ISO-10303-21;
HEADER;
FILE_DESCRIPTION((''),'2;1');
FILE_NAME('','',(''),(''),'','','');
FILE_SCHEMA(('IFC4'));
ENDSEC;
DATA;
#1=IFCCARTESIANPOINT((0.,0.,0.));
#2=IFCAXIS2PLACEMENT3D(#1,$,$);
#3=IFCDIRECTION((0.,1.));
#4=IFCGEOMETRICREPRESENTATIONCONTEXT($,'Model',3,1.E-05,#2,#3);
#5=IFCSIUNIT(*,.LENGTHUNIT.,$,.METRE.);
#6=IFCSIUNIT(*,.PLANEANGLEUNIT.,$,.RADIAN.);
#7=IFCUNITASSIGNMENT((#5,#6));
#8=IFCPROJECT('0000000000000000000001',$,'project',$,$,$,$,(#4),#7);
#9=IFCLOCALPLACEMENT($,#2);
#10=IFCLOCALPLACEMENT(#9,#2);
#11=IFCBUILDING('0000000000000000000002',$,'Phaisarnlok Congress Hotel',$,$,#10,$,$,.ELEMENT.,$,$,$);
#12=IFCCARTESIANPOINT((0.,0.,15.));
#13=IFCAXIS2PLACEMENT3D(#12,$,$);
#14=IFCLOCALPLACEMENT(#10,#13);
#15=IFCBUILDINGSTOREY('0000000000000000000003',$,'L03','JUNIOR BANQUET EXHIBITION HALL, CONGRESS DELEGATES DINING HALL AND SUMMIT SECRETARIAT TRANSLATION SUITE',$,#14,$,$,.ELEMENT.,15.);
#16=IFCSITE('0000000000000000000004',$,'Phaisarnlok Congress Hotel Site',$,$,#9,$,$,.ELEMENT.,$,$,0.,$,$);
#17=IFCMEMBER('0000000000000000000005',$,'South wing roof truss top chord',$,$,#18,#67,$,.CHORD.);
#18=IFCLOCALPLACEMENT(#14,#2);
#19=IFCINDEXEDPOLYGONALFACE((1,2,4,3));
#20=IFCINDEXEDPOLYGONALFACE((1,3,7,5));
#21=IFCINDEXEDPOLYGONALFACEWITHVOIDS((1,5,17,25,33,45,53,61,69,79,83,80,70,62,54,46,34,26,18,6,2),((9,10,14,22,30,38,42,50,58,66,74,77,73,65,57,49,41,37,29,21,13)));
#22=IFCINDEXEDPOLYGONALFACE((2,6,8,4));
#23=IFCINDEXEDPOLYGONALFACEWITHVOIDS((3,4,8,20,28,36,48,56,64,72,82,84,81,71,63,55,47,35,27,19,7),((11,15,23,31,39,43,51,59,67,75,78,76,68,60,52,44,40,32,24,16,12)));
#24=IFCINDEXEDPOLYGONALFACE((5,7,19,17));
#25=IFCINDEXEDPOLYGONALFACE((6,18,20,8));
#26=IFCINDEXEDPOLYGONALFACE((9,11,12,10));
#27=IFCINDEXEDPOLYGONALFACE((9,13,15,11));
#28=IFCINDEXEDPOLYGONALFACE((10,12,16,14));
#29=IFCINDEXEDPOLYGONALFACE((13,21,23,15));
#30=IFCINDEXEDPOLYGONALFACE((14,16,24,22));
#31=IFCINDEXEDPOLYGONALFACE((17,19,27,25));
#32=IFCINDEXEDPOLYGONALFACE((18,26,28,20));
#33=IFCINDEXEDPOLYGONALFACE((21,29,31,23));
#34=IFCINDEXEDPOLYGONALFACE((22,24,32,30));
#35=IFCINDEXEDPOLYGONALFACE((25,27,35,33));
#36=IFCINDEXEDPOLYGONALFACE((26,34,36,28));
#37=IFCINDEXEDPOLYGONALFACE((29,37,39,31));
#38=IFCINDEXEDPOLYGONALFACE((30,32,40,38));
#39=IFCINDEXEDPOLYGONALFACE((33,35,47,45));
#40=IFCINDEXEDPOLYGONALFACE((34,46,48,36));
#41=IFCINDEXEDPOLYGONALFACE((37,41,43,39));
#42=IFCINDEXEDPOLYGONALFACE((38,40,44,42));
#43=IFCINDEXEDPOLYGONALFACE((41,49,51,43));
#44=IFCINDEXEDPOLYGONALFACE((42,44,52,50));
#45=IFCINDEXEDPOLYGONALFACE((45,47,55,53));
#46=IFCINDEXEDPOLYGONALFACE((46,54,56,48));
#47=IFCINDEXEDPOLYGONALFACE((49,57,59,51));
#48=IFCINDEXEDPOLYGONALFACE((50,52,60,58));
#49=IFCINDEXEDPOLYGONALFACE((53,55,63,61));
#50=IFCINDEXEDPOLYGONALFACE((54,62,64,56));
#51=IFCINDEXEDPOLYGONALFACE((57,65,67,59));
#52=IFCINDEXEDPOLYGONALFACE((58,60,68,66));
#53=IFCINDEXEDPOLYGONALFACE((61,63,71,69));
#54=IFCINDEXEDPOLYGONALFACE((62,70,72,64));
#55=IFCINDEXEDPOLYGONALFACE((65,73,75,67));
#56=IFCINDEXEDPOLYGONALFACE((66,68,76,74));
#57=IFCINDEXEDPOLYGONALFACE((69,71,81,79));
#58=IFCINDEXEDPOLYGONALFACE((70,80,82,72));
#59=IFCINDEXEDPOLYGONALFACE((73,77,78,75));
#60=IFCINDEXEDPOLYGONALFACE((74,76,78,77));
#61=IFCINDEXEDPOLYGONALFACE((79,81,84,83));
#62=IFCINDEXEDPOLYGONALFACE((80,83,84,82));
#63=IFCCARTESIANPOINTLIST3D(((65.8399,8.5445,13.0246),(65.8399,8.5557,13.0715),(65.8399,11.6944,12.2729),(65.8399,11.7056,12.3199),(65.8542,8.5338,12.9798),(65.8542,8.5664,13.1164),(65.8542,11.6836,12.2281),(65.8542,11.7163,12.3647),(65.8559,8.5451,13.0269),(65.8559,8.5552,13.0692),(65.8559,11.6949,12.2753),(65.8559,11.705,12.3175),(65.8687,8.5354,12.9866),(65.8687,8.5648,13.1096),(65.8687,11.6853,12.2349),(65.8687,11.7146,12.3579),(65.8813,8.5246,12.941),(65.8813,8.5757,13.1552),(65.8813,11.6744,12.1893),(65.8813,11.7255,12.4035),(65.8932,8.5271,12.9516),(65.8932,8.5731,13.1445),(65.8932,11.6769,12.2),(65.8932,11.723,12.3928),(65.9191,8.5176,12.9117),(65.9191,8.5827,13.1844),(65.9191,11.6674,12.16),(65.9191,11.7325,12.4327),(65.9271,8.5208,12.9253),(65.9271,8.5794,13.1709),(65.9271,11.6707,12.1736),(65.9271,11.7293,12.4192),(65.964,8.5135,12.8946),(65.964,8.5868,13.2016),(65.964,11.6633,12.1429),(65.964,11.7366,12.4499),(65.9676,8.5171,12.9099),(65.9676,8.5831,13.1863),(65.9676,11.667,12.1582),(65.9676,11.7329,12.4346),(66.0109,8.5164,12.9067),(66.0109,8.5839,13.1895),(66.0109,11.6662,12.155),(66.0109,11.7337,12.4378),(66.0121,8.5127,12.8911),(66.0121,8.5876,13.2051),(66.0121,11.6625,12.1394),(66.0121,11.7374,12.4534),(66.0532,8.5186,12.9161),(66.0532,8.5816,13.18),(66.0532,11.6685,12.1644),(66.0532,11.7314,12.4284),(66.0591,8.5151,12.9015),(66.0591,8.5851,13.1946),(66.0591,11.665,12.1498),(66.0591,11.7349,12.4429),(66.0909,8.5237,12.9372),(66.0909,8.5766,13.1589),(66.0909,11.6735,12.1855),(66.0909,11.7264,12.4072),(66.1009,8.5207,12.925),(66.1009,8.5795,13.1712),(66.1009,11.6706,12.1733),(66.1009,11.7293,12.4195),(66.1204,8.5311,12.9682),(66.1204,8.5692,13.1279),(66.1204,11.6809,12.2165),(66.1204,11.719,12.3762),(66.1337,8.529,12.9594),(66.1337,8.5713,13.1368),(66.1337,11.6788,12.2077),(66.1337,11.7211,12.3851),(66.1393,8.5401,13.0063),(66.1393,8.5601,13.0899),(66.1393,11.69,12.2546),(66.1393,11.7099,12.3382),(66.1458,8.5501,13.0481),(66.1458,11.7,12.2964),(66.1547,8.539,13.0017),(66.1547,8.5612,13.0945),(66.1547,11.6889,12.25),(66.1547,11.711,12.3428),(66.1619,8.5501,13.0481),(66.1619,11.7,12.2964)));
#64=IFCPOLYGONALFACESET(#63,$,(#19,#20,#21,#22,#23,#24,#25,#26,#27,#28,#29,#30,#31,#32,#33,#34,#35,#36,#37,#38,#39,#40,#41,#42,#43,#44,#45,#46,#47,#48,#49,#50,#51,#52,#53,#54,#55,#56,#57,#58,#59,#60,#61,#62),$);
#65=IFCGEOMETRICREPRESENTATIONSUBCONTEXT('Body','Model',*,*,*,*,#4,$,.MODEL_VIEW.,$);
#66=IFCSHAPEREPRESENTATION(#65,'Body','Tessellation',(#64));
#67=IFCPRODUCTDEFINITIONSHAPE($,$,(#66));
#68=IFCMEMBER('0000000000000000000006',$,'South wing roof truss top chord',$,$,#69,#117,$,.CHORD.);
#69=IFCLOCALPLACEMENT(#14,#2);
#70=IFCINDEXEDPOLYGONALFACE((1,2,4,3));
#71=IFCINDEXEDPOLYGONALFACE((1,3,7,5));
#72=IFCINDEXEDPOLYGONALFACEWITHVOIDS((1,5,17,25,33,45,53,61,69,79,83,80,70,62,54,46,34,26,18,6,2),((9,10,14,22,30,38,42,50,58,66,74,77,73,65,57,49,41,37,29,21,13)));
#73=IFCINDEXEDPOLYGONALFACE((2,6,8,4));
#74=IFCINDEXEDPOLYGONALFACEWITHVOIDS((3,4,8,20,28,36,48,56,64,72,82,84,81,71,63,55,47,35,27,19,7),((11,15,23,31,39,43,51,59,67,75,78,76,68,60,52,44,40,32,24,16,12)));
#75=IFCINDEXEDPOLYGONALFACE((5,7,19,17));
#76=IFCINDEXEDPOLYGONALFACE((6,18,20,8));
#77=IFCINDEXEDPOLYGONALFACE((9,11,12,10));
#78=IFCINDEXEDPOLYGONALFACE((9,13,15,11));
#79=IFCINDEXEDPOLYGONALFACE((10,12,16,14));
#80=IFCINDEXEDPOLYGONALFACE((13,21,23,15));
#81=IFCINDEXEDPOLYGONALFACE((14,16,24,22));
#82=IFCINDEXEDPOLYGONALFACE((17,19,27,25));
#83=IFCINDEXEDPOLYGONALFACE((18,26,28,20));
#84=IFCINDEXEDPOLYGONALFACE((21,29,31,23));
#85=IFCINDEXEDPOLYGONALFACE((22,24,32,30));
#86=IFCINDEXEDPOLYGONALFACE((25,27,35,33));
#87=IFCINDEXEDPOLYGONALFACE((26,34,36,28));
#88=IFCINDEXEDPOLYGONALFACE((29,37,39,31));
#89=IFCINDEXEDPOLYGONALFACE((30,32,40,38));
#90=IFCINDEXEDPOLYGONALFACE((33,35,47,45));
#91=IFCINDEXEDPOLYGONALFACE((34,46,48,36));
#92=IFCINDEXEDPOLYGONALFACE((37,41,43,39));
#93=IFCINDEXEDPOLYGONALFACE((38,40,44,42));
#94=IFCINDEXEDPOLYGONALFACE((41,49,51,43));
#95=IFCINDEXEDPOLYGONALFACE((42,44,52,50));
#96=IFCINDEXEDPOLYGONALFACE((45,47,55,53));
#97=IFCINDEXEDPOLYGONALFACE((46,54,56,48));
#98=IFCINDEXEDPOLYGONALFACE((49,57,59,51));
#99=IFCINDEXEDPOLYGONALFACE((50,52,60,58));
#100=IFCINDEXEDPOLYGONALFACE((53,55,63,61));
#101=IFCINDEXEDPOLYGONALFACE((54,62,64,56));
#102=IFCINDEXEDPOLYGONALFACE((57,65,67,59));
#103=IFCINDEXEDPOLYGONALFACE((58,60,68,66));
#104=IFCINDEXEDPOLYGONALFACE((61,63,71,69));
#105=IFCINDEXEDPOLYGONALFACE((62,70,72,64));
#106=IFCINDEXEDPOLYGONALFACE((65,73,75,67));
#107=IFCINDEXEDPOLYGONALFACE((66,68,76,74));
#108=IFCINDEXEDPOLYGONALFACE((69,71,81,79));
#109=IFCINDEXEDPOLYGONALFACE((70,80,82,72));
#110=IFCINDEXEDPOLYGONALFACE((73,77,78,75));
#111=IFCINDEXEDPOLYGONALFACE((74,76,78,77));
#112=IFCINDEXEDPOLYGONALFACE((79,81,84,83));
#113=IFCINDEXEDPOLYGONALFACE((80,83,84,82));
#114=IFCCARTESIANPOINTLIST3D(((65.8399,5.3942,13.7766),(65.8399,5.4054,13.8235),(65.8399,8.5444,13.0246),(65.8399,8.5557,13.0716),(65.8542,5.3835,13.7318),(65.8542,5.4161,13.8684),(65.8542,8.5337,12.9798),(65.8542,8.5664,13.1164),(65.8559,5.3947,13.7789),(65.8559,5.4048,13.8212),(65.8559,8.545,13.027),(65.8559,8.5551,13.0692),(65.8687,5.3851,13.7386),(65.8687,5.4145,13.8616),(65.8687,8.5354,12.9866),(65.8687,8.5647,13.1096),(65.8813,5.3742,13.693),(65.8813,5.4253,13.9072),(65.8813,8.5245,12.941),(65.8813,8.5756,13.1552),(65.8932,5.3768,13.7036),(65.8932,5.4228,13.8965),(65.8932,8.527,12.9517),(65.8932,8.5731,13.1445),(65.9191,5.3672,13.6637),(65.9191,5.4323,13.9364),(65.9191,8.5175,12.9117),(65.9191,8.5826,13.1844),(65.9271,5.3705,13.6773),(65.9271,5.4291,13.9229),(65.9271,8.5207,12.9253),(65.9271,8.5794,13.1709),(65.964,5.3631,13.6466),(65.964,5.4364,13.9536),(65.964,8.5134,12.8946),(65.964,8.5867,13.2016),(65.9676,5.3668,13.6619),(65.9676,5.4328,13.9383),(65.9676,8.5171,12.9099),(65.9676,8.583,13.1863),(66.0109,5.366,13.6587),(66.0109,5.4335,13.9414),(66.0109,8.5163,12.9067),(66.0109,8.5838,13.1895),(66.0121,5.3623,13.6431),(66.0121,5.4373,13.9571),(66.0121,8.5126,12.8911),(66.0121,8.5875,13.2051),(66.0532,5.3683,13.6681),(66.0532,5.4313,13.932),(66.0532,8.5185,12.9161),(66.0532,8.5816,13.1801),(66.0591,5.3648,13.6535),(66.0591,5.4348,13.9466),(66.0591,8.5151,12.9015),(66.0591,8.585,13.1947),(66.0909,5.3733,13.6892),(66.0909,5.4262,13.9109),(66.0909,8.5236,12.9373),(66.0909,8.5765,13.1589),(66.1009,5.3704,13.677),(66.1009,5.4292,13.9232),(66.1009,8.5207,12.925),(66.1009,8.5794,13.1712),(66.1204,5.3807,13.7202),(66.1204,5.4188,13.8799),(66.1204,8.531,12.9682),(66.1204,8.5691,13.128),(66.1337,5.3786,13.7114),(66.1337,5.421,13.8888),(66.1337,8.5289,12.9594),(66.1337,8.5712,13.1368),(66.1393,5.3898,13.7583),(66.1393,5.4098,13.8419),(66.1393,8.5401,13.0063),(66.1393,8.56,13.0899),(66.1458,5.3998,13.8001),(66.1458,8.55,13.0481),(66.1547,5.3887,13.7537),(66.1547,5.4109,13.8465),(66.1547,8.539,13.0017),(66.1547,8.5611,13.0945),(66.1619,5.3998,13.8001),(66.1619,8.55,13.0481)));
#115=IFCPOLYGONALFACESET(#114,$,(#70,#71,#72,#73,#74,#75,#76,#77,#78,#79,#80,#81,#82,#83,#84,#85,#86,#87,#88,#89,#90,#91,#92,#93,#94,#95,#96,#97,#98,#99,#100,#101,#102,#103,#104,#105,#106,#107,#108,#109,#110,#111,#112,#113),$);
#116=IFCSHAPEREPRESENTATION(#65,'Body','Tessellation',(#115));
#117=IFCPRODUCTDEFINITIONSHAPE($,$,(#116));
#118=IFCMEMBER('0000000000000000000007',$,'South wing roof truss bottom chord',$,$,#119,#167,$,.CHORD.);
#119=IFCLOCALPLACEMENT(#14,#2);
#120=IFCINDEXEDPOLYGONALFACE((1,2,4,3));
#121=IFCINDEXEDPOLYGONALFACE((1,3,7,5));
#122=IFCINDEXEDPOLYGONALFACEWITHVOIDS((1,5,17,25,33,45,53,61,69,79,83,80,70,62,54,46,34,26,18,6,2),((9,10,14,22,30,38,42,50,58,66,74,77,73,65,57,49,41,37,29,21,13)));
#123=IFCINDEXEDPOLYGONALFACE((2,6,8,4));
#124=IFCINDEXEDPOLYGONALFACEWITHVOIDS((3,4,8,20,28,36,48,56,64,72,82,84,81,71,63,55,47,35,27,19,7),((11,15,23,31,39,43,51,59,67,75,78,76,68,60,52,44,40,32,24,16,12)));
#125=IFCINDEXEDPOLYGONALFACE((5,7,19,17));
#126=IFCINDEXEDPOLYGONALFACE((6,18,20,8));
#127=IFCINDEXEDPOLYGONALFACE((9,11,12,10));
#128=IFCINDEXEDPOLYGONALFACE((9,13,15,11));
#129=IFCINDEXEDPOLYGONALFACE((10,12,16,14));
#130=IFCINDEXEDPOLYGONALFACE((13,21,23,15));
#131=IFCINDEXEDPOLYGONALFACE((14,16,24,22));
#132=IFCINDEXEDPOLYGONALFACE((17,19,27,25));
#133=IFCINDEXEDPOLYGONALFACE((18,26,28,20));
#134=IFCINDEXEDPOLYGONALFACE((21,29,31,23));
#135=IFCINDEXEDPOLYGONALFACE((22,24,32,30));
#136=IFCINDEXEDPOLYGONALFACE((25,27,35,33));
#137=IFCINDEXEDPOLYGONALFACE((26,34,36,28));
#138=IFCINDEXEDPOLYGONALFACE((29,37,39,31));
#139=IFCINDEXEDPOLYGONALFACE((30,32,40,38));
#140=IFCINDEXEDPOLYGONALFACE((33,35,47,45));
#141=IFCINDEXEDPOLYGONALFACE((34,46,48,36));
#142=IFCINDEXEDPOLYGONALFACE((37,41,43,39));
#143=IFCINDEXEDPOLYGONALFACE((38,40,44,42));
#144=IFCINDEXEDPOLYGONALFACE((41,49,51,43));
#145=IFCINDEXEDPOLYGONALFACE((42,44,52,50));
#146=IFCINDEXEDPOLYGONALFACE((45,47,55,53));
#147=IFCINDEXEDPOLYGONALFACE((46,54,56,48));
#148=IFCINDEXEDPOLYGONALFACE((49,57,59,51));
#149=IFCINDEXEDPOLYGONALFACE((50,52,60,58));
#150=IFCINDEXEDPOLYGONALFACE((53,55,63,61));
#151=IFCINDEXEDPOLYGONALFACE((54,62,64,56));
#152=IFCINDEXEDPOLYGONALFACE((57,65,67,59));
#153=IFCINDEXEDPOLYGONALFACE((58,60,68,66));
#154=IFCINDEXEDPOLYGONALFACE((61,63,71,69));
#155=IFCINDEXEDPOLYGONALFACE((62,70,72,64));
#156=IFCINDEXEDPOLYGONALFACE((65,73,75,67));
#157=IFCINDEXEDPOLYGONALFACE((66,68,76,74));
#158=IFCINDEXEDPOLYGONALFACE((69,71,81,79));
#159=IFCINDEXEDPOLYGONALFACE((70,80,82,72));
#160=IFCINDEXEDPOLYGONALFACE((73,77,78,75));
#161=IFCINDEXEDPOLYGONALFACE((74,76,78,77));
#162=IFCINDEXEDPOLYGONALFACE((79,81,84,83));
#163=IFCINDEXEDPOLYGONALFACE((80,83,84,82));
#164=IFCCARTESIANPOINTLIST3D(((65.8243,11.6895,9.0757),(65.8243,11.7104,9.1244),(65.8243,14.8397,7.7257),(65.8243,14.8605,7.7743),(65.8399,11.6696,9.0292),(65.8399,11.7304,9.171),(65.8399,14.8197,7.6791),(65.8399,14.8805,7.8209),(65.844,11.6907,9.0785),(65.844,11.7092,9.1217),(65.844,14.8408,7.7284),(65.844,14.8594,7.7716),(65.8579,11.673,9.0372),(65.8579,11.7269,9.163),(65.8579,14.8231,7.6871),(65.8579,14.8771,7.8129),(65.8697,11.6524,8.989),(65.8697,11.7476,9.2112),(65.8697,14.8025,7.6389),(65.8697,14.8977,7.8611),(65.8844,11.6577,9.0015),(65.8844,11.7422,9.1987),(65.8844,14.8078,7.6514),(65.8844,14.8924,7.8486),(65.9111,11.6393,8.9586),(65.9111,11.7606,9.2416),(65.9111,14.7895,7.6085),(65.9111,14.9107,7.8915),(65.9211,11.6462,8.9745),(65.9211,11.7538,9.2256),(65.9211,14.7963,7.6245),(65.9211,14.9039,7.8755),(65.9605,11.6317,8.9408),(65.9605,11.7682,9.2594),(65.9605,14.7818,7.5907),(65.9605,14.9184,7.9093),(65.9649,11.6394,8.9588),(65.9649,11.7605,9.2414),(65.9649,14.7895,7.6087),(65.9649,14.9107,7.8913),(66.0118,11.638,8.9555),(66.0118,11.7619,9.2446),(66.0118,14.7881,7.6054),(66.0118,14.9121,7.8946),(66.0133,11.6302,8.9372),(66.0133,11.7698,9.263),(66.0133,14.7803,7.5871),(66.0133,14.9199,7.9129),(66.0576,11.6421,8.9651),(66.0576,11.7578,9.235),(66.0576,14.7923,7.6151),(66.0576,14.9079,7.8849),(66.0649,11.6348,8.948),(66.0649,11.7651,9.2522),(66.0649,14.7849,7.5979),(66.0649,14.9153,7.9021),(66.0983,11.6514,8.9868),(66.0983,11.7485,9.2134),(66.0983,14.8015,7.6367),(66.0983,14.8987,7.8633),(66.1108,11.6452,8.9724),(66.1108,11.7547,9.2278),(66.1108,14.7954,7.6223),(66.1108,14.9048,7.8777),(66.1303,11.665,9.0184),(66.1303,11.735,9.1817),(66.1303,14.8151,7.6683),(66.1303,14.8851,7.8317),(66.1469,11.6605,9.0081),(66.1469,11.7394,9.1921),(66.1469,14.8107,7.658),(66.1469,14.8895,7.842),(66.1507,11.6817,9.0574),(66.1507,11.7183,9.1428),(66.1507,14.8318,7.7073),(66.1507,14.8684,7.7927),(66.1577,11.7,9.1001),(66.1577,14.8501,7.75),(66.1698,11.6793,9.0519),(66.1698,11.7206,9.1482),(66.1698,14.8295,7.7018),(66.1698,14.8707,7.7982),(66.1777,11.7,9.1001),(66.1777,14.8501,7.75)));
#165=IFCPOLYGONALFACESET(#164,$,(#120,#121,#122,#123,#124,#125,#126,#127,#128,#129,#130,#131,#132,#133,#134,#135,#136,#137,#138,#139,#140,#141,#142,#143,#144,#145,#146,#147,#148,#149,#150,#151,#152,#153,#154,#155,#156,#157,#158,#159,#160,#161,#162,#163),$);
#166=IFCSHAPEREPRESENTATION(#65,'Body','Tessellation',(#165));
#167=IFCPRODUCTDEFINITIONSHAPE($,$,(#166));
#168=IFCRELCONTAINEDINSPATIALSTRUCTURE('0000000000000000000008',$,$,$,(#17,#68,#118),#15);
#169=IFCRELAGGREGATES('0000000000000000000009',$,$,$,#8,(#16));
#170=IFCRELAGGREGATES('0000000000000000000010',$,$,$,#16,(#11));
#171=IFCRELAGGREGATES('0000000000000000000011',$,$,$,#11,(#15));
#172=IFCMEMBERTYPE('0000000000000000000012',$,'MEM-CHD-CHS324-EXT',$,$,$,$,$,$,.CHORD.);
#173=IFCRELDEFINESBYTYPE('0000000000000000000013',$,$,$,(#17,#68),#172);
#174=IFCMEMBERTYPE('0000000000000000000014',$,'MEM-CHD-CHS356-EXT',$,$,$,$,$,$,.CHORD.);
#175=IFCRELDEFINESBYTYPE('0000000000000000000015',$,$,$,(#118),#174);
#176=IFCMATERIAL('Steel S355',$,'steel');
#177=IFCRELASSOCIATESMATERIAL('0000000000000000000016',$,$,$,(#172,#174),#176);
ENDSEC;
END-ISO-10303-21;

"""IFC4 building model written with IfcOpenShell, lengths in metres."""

from ifc_helpers import new_model, si_unit, direction, frame, origin, origin_2d, place, context, subcontext, project, spatial, hollow_circle, extrude, material, material_profile, profile_set, type_object, element, save


model = new_model("IFC4")

# Units and contexts
model_context = context("Model", 3, precision=1e-05, world=origin(), true_north=direction((0.0, 1.0)))
body_context = subcontext(model_context, "Body", "Model", "MODEL_VIEW")
ifc_project = project(units=[si_unit("LENGTHUNIT", "METRE"), si_unit("PLANEANGLEUNIT", "RADIAN")], contexts=[model_context])

# Site, building, storey
site_placement = place(None, origin())
site = spatial("IfcSite", under=ifc_project, at=site_placement, Name="Phaisarnlok Congress Hotel Site", CompositionType="ELEMENT", RefElevation=0.0)
building_placement = place(site_placement, origin())
building = spatial("IfcBuilding", under=site, at=building_placement, Name="Phaisarnlok Congress Hotel", CompositionType="ELEMENT")
storey_placement = place(building_placement, frame((0.0, 0.0, 15.0)))
storey = spatial("IfcBuildingStorey", under=building, at=storey_placement, Name="L03", Description="JUNIOR BANQUET EXHIBITION HALL, CONGRESS DELEGATES DINING HALL AND SUMMIT SECRETARIAT TRANSLATION SUITE", CompositionType="ELEMENT", Elevation=15.0)

# Shared definitions
ifc_material_1 = material(Name="Steel S355", Category="steel")

# Members
ifc_material_profile_1 = material_profile(ifc_material_1, hollow_circle(Radius=0.1619, WallThickness=0.0161, at=origin_2d()), Name="CHS 323.9x16")
ifc_profile_set_1 = profile_set([ifc_material_profile_1], Name="Steel S355")
member_type_1 = type_object("IfcMemberType", Name="MEM-CHD-CHS324-EXT", PredefinedType="CHORD", material=ifc_profile_set_1)
member_1_placement = place(storey_placement, frame((66.0, 11.7, 12.2964), z_axis=(0.0, -0.972686, 0.232127), x_axis=(1.0, 0.0, 0.0)))
element("IfcMember", 1, at=member_1_placement, inside=storey, type_object=member_type_1, Name="South wing roof truss top chord", PredefinedType="CHORD", context=body_context, shape_type="SweptSolid", body=[
    extrude(hollow_circle(Radius=0.1619, WallThickness=0.0161, at=origin_2d()), origin(), (0.0, 0.0, 1.0), 3.2383),
])
member_2_placement = place(storey_placement, frame((66.0, 8.55, 13.0481), z_axis=(0.0, -0.972673, 0.232181), x_axis=(1.0, 0.0, 0.0)))
element("IfcMember", 2, at=member_2_placement, inside=storey, type_object=member_type_1, Name="South wing roof truss top chord", PredefinedType="CHORD", context=body_context, shape_type="SweptSolid", body=[
    extrude(hollow_circle(Radius=0.1619, WallThickness=0.0161, at=origin_2d()), origin(), (0.0, 0.0, 1.0), 3.2388),
])
ifc_material_profile_2 = material_profile(ifc_material_1, hollow_circle(Radius=0.1777, WallThickness=0.02, at=origin_2d()), Name="CHS 355.6x20")
ifc_profile_set_2 = profile_set([ifc_material_profile_2], Name="Steel S355")
member_type_2 = type_object("IfcMemberType", Name="MEM-CHD-CHS356-EXT", PredefinedType="CHORD", material=ifc_profile_set_2)
member_3_placement = place(storey_placement, frame((66.0, 14.8501, 7.75), z_axis=(0.0, -0.919141, 0.393928), x_axis=(1.0, 0.0, 0.0)))
element("IfcMember", 3, at=member_3_placement, inside=storey, type_object=member_type_2, Name="South wing roof truss bottom chord", PredefinedType="CHORD", context=body_context, shape_type="SweptSolid", body=[
    extrude(hollow_circle(Radius=0.1777, WallThickness=0.02, at=origin_2d()), origin(), (0.0, 0.0, 1.0), 3.4272),
])

save(model, "model.ifc")
